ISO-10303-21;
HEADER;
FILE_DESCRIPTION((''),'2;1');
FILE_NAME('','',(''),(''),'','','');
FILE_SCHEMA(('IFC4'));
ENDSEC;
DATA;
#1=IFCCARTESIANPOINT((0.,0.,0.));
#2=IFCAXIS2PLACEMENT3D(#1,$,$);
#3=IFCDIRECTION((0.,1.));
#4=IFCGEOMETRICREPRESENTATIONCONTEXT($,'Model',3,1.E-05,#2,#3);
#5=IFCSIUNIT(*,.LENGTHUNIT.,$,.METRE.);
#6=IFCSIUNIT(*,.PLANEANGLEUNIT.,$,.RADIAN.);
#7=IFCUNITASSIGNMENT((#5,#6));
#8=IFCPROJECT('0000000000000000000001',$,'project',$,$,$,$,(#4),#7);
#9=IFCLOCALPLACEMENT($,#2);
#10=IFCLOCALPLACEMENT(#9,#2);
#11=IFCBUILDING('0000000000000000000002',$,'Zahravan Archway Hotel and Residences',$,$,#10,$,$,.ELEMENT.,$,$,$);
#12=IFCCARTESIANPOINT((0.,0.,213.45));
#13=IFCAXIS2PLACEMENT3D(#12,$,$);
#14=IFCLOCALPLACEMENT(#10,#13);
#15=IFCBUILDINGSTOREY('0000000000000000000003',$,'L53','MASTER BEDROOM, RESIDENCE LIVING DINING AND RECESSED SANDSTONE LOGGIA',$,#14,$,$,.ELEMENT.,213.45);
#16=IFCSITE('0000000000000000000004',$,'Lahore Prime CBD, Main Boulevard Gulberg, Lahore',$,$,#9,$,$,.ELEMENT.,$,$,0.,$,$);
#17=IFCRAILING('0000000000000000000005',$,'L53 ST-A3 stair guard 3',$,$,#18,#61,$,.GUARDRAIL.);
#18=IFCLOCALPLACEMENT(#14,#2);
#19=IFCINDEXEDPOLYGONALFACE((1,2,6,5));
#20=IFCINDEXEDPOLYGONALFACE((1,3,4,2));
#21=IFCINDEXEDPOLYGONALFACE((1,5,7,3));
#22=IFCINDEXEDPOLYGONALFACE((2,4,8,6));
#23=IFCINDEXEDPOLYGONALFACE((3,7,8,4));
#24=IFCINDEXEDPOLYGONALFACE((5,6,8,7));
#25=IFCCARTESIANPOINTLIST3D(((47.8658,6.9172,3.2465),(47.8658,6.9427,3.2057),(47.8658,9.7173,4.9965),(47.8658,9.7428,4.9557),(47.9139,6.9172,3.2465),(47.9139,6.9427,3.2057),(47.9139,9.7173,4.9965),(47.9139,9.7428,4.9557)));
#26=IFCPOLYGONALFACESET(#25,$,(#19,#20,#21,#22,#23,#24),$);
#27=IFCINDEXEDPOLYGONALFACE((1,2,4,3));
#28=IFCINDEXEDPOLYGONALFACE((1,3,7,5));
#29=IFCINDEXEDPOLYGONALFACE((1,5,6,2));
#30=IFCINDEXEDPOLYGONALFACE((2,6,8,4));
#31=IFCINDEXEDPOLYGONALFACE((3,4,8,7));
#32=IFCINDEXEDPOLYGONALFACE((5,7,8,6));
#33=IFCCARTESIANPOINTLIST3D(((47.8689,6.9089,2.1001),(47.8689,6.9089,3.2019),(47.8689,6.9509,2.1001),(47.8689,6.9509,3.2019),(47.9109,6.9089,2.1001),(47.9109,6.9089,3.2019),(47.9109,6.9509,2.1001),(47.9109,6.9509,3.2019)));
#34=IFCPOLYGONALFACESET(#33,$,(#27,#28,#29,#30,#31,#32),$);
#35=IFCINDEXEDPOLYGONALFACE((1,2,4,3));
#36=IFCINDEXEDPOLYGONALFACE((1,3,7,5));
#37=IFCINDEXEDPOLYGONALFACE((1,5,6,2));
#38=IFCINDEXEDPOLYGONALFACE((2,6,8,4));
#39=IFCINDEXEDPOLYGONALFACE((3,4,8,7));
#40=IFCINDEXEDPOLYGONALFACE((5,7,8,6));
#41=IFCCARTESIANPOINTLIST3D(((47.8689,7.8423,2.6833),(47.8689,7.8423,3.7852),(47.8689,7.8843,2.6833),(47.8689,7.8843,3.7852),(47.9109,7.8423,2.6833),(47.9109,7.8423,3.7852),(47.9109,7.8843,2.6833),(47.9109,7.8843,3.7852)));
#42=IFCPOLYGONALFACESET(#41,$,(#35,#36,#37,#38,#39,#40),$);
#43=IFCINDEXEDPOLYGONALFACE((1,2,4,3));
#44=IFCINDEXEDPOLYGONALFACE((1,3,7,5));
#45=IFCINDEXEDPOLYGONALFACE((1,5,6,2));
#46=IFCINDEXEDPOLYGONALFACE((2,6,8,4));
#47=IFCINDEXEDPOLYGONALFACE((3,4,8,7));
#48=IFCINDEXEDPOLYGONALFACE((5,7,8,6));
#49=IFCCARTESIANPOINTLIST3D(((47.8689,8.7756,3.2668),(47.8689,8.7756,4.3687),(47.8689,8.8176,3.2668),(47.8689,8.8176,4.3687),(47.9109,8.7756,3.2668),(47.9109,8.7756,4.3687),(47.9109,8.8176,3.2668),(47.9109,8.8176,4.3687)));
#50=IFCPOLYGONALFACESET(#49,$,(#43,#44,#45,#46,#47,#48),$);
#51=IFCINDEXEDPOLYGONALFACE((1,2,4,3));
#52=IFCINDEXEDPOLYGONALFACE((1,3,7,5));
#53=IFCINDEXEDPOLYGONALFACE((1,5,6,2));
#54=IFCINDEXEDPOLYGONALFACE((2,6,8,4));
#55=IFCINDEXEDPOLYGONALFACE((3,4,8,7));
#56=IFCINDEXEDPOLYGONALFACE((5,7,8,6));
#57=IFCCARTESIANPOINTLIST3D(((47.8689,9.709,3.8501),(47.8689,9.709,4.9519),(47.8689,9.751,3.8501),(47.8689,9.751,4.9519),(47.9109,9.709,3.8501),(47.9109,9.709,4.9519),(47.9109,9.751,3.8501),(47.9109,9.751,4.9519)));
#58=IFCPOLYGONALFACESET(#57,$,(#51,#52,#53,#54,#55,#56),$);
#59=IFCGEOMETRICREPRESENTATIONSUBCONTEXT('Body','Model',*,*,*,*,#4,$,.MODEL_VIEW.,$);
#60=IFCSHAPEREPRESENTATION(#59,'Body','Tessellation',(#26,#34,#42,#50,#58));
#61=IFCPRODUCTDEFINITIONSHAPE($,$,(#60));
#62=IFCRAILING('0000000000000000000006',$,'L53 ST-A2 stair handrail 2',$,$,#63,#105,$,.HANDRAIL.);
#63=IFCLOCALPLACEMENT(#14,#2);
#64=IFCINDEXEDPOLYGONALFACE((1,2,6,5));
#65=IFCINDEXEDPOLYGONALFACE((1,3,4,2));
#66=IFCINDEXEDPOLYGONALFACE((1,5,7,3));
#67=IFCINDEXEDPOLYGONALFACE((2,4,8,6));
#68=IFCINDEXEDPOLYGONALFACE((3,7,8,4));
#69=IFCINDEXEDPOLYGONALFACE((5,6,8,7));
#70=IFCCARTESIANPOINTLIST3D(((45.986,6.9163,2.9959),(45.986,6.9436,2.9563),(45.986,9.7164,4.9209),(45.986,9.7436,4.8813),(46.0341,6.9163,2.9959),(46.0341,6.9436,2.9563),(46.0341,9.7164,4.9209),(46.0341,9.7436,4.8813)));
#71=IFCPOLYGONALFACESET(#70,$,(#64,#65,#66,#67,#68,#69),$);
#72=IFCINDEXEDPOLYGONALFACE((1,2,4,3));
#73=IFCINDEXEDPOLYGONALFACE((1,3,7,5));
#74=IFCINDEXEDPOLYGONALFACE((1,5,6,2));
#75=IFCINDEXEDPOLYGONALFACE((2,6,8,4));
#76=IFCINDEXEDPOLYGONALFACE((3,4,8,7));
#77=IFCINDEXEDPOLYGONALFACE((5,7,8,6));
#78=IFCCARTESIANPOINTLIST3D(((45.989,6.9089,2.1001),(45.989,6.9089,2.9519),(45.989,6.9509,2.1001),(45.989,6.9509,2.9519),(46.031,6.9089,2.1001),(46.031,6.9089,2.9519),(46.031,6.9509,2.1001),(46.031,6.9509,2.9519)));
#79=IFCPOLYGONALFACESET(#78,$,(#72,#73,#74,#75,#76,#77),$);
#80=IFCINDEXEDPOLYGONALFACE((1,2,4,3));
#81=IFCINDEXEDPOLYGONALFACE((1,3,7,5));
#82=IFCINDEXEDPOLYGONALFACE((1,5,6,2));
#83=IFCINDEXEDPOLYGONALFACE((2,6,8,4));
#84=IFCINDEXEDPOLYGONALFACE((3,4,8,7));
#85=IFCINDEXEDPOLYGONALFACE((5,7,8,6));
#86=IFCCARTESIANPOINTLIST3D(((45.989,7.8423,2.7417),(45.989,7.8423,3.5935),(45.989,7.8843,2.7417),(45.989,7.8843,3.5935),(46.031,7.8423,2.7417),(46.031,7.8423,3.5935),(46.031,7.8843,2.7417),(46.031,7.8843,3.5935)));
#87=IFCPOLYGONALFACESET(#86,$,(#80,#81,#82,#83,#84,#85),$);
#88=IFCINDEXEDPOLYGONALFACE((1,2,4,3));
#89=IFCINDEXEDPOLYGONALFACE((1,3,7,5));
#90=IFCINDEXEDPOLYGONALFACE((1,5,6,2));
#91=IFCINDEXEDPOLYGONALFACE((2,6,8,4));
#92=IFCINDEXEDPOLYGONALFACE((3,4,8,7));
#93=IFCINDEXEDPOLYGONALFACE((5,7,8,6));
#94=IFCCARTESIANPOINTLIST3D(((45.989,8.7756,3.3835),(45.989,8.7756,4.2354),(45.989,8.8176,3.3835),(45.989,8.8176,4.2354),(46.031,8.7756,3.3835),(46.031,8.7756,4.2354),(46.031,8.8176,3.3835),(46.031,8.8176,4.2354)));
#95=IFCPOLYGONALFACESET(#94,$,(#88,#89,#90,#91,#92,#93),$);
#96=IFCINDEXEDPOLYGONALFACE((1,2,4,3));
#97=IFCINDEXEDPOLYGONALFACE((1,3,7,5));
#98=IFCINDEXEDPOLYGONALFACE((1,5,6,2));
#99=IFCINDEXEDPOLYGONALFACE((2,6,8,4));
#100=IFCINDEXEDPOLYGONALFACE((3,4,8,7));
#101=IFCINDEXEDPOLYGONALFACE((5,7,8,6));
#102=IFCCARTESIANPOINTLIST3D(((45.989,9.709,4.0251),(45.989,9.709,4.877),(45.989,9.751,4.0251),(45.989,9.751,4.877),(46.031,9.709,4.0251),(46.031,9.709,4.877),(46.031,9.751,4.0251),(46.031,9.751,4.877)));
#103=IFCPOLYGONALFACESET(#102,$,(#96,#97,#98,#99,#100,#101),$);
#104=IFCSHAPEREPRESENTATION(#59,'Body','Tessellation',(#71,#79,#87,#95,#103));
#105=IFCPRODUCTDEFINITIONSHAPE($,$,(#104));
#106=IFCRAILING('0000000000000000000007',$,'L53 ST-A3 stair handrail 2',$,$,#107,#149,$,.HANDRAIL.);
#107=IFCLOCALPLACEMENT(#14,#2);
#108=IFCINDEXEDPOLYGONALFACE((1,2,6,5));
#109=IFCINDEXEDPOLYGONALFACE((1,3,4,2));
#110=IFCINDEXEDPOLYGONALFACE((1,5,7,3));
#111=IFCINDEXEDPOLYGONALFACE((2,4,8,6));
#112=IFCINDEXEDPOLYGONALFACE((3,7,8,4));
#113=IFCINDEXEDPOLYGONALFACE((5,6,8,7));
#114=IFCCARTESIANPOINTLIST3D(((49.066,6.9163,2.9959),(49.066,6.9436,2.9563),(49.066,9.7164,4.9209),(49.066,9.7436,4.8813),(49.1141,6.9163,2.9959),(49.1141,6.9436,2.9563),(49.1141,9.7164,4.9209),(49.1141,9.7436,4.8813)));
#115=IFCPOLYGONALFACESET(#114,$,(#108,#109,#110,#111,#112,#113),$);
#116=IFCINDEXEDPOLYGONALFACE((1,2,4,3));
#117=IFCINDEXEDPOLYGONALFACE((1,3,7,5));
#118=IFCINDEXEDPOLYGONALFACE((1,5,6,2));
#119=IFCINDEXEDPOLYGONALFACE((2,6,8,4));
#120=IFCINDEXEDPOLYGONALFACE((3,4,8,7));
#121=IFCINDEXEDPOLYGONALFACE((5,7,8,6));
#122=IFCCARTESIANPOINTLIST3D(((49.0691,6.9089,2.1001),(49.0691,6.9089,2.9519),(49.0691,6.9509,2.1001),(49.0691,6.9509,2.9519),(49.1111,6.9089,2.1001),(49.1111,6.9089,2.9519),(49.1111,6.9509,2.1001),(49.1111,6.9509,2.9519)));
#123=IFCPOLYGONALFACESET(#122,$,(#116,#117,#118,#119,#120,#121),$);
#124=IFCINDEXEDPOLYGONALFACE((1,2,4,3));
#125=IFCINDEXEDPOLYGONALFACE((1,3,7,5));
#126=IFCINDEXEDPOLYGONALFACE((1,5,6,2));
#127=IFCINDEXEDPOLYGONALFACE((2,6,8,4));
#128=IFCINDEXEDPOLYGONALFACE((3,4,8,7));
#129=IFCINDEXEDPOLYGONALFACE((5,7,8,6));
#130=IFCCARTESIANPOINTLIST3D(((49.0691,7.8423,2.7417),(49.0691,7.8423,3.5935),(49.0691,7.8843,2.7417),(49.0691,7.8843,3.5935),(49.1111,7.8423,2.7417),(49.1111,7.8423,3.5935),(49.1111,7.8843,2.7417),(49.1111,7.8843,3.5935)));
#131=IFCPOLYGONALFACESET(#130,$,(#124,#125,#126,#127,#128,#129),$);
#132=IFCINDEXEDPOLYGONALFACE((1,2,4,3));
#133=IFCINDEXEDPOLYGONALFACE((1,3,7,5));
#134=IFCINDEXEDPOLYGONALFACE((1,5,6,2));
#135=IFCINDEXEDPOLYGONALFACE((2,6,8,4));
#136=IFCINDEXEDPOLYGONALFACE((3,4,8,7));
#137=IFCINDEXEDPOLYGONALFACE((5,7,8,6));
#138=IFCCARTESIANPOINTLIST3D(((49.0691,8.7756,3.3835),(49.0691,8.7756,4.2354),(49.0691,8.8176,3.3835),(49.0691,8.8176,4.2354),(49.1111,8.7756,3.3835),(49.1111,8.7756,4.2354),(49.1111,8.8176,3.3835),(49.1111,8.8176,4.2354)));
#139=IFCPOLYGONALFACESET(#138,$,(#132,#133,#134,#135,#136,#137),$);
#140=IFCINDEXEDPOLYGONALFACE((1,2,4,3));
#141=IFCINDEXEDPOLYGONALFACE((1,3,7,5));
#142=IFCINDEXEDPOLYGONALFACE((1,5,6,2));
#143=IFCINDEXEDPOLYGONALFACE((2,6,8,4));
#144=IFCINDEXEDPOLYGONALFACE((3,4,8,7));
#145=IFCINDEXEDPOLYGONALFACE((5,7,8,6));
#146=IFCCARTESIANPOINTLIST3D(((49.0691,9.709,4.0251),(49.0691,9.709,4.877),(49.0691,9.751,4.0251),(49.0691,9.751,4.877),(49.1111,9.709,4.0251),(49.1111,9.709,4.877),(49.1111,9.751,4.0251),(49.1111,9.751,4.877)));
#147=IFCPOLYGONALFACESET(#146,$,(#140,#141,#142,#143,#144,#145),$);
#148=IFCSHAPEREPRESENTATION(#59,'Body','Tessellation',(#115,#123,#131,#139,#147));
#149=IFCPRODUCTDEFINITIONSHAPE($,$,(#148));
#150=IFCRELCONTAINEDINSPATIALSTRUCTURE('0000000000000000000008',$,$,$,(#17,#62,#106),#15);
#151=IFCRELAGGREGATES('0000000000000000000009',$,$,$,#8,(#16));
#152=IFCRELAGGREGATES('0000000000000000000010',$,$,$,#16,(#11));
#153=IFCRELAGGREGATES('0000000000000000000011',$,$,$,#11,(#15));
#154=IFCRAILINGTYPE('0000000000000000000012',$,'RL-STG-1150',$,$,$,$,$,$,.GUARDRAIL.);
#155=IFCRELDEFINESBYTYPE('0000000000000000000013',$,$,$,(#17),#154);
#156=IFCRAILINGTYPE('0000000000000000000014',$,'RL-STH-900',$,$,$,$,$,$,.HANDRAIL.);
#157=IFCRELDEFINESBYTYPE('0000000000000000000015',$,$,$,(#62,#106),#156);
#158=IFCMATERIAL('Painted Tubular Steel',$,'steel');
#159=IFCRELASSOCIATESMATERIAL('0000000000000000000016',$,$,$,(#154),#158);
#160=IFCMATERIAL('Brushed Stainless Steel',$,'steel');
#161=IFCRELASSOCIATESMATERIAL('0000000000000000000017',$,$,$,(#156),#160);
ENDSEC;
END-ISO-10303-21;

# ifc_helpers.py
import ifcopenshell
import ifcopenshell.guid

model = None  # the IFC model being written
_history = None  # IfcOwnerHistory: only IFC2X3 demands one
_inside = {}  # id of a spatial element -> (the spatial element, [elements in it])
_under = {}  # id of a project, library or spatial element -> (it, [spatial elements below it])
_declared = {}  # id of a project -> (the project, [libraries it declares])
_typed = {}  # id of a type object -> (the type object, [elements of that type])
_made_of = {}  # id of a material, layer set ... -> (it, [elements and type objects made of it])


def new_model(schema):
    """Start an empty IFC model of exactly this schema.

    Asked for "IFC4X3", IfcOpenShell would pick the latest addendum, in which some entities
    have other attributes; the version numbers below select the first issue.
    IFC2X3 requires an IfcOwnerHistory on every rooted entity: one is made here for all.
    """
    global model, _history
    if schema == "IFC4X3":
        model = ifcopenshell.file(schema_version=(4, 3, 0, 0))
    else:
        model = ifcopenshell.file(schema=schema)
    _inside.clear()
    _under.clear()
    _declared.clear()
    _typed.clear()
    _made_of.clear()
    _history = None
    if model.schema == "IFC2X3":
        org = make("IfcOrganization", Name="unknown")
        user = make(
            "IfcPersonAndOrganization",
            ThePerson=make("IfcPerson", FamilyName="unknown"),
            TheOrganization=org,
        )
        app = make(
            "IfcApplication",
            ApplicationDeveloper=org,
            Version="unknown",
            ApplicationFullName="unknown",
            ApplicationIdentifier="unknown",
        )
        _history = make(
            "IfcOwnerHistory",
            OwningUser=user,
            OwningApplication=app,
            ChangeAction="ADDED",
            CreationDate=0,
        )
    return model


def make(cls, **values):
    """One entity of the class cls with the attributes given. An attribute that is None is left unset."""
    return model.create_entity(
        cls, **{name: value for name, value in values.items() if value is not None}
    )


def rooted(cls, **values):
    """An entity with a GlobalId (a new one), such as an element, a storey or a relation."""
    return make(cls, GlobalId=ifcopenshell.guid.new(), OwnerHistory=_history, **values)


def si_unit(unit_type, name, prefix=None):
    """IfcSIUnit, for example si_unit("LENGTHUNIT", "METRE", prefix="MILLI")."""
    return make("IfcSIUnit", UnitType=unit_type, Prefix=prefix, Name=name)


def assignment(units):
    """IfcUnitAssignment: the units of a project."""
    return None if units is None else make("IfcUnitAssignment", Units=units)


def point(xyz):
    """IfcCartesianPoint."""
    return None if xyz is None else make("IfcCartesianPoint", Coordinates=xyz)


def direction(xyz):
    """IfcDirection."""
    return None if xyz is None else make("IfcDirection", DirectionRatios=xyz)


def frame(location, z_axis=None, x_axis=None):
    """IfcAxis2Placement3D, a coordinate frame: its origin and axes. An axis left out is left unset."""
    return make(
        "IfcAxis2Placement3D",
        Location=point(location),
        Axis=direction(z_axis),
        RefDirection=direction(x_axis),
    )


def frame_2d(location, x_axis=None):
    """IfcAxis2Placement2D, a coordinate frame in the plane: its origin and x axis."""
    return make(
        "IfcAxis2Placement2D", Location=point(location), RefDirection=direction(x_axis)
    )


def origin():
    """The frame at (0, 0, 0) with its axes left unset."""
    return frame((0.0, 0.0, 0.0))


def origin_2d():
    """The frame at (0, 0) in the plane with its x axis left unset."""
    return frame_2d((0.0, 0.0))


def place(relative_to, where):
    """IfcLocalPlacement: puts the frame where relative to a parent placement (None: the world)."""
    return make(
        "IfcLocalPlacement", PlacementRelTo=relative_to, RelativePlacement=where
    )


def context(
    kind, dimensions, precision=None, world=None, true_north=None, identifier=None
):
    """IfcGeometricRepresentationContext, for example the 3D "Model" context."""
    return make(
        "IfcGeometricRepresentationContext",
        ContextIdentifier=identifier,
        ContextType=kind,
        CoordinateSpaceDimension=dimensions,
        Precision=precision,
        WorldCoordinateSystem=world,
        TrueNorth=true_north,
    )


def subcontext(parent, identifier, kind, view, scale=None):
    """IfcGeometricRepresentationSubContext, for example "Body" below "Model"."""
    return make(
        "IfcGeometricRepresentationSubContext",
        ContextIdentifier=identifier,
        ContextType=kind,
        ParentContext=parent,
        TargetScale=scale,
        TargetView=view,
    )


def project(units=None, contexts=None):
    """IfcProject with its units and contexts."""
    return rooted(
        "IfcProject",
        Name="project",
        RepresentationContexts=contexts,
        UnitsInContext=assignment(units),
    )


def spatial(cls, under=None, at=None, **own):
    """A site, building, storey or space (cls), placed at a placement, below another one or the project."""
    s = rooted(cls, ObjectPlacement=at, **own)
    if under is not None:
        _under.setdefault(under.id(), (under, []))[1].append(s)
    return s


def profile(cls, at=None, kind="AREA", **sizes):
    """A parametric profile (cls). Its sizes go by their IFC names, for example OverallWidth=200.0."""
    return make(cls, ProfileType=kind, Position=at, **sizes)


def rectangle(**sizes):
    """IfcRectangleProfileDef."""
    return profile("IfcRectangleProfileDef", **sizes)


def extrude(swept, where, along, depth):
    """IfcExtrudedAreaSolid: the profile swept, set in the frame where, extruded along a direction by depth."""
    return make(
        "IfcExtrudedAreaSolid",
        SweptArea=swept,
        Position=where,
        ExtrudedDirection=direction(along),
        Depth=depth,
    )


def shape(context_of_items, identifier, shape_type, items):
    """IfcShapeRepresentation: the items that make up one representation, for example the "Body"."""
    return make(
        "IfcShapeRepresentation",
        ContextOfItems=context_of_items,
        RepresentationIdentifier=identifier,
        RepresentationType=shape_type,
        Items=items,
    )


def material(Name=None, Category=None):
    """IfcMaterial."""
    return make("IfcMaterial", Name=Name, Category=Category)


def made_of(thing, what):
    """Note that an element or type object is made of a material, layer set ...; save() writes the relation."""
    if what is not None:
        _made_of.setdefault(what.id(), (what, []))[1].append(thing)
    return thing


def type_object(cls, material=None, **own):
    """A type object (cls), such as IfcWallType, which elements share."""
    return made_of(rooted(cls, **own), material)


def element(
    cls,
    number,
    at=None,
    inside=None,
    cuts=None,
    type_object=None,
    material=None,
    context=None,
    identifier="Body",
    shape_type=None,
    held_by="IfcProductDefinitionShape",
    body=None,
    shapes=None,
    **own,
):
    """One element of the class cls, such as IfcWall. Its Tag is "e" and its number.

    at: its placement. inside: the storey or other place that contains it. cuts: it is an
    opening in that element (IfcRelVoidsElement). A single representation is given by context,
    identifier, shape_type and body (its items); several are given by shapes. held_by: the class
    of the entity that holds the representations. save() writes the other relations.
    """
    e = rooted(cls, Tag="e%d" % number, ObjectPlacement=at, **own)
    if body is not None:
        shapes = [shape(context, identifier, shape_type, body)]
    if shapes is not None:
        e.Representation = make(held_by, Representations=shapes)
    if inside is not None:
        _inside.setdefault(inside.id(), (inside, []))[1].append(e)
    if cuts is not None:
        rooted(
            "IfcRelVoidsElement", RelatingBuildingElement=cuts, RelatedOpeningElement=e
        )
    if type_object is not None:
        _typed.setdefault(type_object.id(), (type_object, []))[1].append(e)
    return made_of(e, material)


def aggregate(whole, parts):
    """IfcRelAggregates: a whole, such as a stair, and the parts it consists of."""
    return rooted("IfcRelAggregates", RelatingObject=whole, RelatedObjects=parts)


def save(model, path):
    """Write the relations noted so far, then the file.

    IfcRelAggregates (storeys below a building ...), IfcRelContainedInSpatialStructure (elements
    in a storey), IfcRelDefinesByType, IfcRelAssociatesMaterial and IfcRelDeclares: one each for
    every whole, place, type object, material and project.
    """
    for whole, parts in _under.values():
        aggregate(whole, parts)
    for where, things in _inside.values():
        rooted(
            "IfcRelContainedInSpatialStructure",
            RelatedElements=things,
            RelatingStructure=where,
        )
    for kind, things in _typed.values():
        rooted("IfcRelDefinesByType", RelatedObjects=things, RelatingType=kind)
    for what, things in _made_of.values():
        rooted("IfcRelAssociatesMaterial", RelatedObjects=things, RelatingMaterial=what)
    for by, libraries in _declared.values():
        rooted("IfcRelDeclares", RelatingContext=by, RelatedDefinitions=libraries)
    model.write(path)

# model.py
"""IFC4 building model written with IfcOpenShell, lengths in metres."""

from ifc_helpers import new_model, si_unit, direction, frame, origin, origin_2d, place, context, subcontext, project, spatial, rectangle, extrude, material, type_object, element, save


model = new_model("IFC4")

# Units and contexts
model_context = context("Model", 3, precision=1e-05, world=origin(), true_north=direction((0.0, 1.0)))
body_context = subcontext(model_context, "Body", "Model", "MODEL_VIEW")
ifc_project = project(units=[si_unit("LENGTHUNIT", "METRE"), si_unit("PLANEANGLEUNIT", "RADIAN")], contexts=[model_context])

# Site, building, storey
site_placement = place(None, origin())
site = spatial("IfcSite", under=ifc_project, at=site_placement, Name="Lahore Prime CBD, Main Boulevard Gulberg, Lahore", CompositionType="ELEMENT", RefElevation=0.0)
building_placement = place(site_placement, origin())
building = spatial("IfcBuilding", under=site, at=building_placement, Name="Zahravan Archway Hotel and Residences", CompositionType="ELEMENT")
storey_placement = place(building_placement, frame((0.0, 0.0, 213.45)))
storey = spatial("IfcBuildingStorey", under=building, at=storey_placement, Name="L53", Description="MASTER BEDROOM, RESIDENCE LIVING DINING AND RECESSED SANDSTONE LOGGIA", CompositionType="ELEMENT", Elevation=213.45)

# Railings
ifc_material_1 = material(Name="Painted Tubular Steel", Category="steel")
railing_type_1 = type_object("IfcRailingType", Name="RL-STG-1150", PredefinedType="GUARDRAIL", material=ifc_material_1)
railing_1_placement = place(storey_placement, frame((47.8899, 6.9299, 2.1001)))
element("IfcRailing", 1, at=railing_1_placement, inside=storey, type_object=railing_type_1, Name="L53 ST-A3 stair guard 3", PredefinedType="GUARDRAIL", context=body_context, shape_type="SweptSolid", body=[
    extrude(rectangle(XDim=0.0481, YDim=0.0481, at=origin_2d()), frame((0.0, 0.0, 1.126), z_axis=(0.0, 0.848002, 0.529992), x_axis=(-1.0, 0.0, 0.0)), (0.0, 0.0, 1.0), 3.302),
    extrude(rectangle(XDim=0.042, YDim=0.042, at=origin_2d()), origin(), (0.0, 0.0, 1.0), 1.1018),
    extrude(rectangle(XDim=0.042, YDim=0.042, at=origin_2d()), frame((0.0, 0.9333, 0.5833)), (0.0, 0.0, 1.0), 1.1018),
    extrude(rectangle(XDim=0.042, YDim=0.042, at=origin_2d()), frame((0.0, 1.8667, 1.1667)), (0.0, 0.0, 1.0), 1.1018),
    extrude(rectangle(XDim=0.042, YDim=0.042, at=origin_2d()), frame((0.0, 2.8, 1.75)), (0.0, 0.0, 1.0), 1.1018),
])
ifc_material_2 = material(Name="Brushed Stainless Steel", Category="steel")
railing_type_2 = type_object("IfcRailingType", Name="RL-STH-900", PredefinedType="HANDRAIL", material=ifc_material_2)
for number, where, name in (
    (2, (46.01, 6.9299, 2.1001), "L53 ST-A2 stair handrail 2"),
    (3, (49.0901, 6.9299, 2.1001), "L53 ST-A3 stair handrail 2"),
):
    element("IfcRailing", number, at=place(storey_placement, frame(where)), inside=storey, type_object=railing_type_2, Name=name, PredefinedType="HANDRAIL", context=body_context, shape_type="SweptSolid", body=[
        extrude(rectangle(XDim=0.0481, YDim=0.0481, at=origin_2d()), frame((0.0, 0.0, 0.876), z_axis=(0.0, 0.82404, 0.566532), x_axis=(-1.0, 0.0, 0.0)), (0.0, 0.0, 1.0), 3.3979),
        extrude(rectangle(XDim=0.042, YDim=0.042, at=origin_2d()), origin(), (0.0, 0.0, 1.0), 0.8518),
        extrude(rectangle(XDim=0.042, YDim=0.042, at=origin_2d()), frame((0.0, 0.9333, 0.6416)), (0.0, 0.0, 1.0), 0.8518),
        extrude(rectangle(XDim=0.042, YDim=0.042, at=origin_2d()), frame((0.0, 1.8667, 1.2834)), (0.0, 0.0, 1.0), 0.8518),
        extrude(rectangle(XDim=0.042, YDim=0.042, at=origin_2d()), frame((0.0, 2.8, 1.925)), (0.0, 0.0, 1.0), 0.8518),
    ])

save(model, "model.ifc")
